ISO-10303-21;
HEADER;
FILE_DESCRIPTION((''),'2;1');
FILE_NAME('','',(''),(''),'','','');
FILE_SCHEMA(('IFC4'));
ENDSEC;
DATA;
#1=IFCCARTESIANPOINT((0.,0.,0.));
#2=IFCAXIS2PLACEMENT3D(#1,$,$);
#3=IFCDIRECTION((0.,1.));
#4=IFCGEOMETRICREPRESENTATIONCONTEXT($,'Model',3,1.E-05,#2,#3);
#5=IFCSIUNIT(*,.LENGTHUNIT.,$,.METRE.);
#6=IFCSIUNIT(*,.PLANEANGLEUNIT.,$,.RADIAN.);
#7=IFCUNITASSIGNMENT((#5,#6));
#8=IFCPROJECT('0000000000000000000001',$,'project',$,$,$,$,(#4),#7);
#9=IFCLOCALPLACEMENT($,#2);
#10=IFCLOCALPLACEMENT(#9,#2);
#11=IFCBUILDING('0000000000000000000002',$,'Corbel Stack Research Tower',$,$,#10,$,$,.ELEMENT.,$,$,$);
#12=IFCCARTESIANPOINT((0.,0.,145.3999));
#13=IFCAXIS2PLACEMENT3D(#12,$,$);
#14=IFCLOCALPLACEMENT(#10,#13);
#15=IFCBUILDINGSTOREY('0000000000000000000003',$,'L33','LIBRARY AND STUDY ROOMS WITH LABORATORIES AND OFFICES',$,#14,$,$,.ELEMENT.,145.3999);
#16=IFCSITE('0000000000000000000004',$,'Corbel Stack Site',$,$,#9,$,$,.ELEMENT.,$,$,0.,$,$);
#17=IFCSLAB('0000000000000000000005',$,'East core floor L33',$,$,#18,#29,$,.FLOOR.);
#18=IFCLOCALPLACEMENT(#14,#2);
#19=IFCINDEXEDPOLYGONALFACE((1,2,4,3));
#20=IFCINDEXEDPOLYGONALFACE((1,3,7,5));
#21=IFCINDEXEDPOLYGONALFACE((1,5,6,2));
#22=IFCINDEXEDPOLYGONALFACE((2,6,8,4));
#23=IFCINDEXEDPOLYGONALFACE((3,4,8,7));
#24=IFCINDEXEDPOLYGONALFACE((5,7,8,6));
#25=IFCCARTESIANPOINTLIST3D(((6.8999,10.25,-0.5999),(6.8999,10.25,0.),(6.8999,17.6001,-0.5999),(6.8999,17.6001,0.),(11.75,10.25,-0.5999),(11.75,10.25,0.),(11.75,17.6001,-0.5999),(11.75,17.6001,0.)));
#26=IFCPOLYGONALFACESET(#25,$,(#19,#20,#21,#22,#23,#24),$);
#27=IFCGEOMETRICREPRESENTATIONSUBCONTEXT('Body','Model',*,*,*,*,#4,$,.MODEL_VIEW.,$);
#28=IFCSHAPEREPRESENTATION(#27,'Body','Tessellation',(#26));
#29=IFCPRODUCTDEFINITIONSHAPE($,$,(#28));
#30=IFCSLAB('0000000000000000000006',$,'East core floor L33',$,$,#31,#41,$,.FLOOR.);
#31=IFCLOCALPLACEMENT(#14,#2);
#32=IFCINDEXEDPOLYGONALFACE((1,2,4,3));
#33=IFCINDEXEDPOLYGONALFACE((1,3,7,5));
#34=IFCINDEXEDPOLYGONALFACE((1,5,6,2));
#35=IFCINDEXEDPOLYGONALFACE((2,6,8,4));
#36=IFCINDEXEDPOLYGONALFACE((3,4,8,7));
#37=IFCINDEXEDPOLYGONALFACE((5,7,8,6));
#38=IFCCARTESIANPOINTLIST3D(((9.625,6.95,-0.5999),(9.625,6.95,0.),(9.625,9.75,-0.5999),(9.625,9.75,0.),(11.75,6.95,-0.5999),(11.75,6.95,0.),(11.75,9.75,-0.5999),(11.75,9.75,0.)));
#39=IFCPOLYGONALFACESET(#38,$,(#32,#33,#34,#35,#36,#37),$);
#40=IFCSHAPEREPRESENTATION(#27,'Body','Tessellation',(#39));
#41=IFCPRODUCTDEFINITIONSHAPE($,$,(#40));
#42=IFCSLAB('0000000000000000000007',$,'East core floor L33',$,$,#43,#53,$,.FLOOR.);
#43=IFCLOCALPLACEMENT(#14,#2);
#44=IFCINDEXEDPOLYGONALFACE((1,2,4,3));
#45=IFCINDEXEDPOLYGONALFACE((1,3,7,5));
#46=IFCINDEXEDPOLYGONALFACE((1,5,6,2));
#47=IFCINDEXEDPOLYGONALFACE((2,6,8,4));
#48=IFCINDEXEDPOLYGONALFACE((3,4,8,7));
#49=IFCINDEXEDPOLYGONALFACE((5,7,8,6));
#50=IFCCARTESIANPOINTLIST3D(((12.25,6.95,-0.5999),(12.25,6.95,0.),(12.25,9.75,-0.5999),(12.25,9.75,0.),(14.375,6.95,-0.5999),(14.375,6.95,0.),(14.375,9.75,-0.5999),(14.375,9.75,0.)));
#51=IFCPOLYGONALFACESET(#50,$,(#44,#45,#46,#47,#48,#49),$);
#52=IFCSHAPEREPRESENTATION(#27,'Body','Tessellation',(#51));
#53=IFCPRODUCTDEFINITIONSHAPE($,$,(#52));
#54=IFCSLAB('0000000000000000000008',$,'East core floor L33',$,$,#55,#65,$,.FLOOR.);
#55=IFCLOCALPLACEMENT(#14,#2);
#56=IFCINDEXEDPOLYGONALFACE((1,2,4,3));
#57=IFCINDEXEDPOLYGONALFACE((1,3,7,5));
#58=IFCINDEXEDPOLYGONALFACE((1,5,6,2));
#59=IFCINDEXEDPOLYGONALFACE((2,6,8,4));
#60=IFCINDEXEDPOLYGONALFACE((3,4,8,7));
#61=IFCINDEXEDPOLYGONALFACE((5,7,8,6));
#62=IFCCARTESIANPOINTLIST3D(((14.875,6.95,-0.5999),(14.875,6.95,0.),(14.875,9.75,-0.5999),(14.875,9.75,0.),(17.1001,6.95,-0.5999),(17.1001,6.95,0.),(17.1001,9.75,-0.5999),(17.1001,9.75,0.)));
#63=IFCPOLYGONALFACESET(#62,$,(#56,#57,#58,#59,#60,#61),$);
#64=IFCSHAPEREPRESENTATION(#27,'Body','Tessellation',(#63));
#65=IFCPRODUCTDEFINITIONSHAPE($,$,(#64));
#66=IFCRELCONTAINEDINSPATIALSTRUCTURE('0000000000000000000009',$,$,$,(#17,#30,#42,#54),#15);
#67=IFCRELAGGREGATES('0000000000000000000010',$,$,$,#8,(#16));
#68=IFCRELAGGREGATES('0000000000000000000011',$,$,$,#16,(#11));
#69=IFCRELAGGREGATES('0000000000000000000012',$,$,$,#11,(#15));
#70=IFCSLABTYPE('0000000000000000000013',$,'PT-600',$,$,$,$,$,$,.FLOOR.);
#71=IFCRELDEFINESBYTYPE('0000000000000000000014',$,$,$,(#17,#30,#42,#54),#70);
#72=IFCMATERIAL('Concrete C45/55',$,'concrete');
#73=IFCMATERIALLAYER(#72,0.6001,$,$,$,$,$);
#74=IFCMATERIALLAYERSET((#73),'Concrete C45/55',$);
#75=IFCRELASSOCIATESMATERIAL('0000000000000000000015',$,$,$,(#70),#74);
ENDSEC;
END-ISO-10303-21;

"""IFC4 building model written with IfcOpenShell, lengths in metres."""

from ifc_helpers import new_model, si_unit, direction, frame, origin, place, context, subcontext, project, spatial, polyline, outline, extrude, material, layer, layer_set, type_object, element, save


model = new_model("IFC4")

# Units and contexts
model_context = context("Model", 3, precision=1e-05, world=origin(), true_north=direction((0.0, 1.0)))
body_context = subcontext(model_context, "Body", "Model", "MODEL_VIEW")
ifc_project = project(units=[si_unit("LENGTHUNIT", "METRE"), si_unit("PLANEANGLEUNIT", "RADIAN")], contexts=[model_context])

# Site, building, storey
site_placement = place(None, origin())
site = spatial("IfcSite", under=ifc_project, at=site_placement, Name="Corbel Stack Site", CompositionType="ELEMENT", RefElevation=0.0)
building_placement = place(site_placement, origin())
building = spatial("IfcBuilding", under=site, at=building_placement, Name="Corbel Stack Research Tower", CompositionType="ELEMENT")
storey_placement = place(building_placement, frame((0.0, 0.0, 145.3999)))
storey = spatial("IfcBuildingStorey", under=building, at=storey_placement, Name="L33", Description="LIBRARY AND STUDY ROOMS WITH LABORATORIES AND OFFICES", CompositionType="ELEMENT", Elevation=145.3999)

# Slabs
ifc_material_1 = material(Name="Concrete C45/55", Category="concrete")
ifc_layer_1 = layer(ifc_material_1, 0.6001)
ifc_layer_set_1 = layer_set([ifc_layer_1], Name="Concrete C45/55")
slab_type_1 = type_object("IfcSlabType", Name="PT-600", PredefinedType="FLOOR", material=ifc_layer_set_1)
slab_1_placement = place(storey_placement, frame((0.0, 0.0, -0.5999)))
element("IfcSlab", 1, at=slab_1_placement, inside=storey, type_object=slab_type_1, Name="East core floor L33", PredefinedType="FLOOR", context=body_context, shape_type="SweptSolid", body=[
    extrude(outline(polyline([(6.8999, 17.6001), (6.8999, 10.25), (11.75, 10.25), (11.75, 17.6001), (6.8999, 17.6001)])), origin(), (0.0, 0.0, 1.0), 0.5999),
])
slab_2_placement = place(storey_placement, frame((0.0, 0.0, -0.5999)))
element("IfcSlab", 2, at=slab_2_placement, inside=storey, type_object=slab_type_1, Name="East core floor L33", PredefinedType="FLOOR", context=body_context, shape_type="SweptSolid", body=[
    extrude(outline(polyline([(9.625, 6.95), (11.75, 6.95), (11.75, 9.75), (9.625, 9.75), (9.625, 6.95)])), origin(), (0.0, 0.0, 1.0), 0.5999),
])
slab_3_placement = place(storey_placement, frame((0.0, 0.0, -0.5999)))
element("IfcSlab", 3, at=slab_3_placement, inside=storey, type_object=slab_type_1, Name="East core floor L33", PredefinedType="FLOOR", context=body_context, shape_type="SweptSolid", body=[
    extrude(outline(polyline([(14.375, 6.95), (14.375, 9.75), (12.25, 9.75), (12.25, 6.95), (14.375, 6.95)])), origin(), (0.0, 0.0, 1.0), 0.5999),
])
slab_4_placement = place(storey_placement, frame((0.0, 0.0, -0.5999)))
element("IfcSlab", 4, at=slab_4_placement, inside=storey, type_object=slab_type_1, Name="East core floor L33", PredefinedType="FLOOR", context=body_context, shape_type="SweptSolid", body=[
    extrude(outline(polyline([(17.1001, 6.95), (17.1001, 9.75), (14.875, 9.75), (14.875, 6.95), (17.1001, 6.95)])), origin(), (0.0, 0.0, 1.0), 0.5999),
])

save(model, "model.ifc")
